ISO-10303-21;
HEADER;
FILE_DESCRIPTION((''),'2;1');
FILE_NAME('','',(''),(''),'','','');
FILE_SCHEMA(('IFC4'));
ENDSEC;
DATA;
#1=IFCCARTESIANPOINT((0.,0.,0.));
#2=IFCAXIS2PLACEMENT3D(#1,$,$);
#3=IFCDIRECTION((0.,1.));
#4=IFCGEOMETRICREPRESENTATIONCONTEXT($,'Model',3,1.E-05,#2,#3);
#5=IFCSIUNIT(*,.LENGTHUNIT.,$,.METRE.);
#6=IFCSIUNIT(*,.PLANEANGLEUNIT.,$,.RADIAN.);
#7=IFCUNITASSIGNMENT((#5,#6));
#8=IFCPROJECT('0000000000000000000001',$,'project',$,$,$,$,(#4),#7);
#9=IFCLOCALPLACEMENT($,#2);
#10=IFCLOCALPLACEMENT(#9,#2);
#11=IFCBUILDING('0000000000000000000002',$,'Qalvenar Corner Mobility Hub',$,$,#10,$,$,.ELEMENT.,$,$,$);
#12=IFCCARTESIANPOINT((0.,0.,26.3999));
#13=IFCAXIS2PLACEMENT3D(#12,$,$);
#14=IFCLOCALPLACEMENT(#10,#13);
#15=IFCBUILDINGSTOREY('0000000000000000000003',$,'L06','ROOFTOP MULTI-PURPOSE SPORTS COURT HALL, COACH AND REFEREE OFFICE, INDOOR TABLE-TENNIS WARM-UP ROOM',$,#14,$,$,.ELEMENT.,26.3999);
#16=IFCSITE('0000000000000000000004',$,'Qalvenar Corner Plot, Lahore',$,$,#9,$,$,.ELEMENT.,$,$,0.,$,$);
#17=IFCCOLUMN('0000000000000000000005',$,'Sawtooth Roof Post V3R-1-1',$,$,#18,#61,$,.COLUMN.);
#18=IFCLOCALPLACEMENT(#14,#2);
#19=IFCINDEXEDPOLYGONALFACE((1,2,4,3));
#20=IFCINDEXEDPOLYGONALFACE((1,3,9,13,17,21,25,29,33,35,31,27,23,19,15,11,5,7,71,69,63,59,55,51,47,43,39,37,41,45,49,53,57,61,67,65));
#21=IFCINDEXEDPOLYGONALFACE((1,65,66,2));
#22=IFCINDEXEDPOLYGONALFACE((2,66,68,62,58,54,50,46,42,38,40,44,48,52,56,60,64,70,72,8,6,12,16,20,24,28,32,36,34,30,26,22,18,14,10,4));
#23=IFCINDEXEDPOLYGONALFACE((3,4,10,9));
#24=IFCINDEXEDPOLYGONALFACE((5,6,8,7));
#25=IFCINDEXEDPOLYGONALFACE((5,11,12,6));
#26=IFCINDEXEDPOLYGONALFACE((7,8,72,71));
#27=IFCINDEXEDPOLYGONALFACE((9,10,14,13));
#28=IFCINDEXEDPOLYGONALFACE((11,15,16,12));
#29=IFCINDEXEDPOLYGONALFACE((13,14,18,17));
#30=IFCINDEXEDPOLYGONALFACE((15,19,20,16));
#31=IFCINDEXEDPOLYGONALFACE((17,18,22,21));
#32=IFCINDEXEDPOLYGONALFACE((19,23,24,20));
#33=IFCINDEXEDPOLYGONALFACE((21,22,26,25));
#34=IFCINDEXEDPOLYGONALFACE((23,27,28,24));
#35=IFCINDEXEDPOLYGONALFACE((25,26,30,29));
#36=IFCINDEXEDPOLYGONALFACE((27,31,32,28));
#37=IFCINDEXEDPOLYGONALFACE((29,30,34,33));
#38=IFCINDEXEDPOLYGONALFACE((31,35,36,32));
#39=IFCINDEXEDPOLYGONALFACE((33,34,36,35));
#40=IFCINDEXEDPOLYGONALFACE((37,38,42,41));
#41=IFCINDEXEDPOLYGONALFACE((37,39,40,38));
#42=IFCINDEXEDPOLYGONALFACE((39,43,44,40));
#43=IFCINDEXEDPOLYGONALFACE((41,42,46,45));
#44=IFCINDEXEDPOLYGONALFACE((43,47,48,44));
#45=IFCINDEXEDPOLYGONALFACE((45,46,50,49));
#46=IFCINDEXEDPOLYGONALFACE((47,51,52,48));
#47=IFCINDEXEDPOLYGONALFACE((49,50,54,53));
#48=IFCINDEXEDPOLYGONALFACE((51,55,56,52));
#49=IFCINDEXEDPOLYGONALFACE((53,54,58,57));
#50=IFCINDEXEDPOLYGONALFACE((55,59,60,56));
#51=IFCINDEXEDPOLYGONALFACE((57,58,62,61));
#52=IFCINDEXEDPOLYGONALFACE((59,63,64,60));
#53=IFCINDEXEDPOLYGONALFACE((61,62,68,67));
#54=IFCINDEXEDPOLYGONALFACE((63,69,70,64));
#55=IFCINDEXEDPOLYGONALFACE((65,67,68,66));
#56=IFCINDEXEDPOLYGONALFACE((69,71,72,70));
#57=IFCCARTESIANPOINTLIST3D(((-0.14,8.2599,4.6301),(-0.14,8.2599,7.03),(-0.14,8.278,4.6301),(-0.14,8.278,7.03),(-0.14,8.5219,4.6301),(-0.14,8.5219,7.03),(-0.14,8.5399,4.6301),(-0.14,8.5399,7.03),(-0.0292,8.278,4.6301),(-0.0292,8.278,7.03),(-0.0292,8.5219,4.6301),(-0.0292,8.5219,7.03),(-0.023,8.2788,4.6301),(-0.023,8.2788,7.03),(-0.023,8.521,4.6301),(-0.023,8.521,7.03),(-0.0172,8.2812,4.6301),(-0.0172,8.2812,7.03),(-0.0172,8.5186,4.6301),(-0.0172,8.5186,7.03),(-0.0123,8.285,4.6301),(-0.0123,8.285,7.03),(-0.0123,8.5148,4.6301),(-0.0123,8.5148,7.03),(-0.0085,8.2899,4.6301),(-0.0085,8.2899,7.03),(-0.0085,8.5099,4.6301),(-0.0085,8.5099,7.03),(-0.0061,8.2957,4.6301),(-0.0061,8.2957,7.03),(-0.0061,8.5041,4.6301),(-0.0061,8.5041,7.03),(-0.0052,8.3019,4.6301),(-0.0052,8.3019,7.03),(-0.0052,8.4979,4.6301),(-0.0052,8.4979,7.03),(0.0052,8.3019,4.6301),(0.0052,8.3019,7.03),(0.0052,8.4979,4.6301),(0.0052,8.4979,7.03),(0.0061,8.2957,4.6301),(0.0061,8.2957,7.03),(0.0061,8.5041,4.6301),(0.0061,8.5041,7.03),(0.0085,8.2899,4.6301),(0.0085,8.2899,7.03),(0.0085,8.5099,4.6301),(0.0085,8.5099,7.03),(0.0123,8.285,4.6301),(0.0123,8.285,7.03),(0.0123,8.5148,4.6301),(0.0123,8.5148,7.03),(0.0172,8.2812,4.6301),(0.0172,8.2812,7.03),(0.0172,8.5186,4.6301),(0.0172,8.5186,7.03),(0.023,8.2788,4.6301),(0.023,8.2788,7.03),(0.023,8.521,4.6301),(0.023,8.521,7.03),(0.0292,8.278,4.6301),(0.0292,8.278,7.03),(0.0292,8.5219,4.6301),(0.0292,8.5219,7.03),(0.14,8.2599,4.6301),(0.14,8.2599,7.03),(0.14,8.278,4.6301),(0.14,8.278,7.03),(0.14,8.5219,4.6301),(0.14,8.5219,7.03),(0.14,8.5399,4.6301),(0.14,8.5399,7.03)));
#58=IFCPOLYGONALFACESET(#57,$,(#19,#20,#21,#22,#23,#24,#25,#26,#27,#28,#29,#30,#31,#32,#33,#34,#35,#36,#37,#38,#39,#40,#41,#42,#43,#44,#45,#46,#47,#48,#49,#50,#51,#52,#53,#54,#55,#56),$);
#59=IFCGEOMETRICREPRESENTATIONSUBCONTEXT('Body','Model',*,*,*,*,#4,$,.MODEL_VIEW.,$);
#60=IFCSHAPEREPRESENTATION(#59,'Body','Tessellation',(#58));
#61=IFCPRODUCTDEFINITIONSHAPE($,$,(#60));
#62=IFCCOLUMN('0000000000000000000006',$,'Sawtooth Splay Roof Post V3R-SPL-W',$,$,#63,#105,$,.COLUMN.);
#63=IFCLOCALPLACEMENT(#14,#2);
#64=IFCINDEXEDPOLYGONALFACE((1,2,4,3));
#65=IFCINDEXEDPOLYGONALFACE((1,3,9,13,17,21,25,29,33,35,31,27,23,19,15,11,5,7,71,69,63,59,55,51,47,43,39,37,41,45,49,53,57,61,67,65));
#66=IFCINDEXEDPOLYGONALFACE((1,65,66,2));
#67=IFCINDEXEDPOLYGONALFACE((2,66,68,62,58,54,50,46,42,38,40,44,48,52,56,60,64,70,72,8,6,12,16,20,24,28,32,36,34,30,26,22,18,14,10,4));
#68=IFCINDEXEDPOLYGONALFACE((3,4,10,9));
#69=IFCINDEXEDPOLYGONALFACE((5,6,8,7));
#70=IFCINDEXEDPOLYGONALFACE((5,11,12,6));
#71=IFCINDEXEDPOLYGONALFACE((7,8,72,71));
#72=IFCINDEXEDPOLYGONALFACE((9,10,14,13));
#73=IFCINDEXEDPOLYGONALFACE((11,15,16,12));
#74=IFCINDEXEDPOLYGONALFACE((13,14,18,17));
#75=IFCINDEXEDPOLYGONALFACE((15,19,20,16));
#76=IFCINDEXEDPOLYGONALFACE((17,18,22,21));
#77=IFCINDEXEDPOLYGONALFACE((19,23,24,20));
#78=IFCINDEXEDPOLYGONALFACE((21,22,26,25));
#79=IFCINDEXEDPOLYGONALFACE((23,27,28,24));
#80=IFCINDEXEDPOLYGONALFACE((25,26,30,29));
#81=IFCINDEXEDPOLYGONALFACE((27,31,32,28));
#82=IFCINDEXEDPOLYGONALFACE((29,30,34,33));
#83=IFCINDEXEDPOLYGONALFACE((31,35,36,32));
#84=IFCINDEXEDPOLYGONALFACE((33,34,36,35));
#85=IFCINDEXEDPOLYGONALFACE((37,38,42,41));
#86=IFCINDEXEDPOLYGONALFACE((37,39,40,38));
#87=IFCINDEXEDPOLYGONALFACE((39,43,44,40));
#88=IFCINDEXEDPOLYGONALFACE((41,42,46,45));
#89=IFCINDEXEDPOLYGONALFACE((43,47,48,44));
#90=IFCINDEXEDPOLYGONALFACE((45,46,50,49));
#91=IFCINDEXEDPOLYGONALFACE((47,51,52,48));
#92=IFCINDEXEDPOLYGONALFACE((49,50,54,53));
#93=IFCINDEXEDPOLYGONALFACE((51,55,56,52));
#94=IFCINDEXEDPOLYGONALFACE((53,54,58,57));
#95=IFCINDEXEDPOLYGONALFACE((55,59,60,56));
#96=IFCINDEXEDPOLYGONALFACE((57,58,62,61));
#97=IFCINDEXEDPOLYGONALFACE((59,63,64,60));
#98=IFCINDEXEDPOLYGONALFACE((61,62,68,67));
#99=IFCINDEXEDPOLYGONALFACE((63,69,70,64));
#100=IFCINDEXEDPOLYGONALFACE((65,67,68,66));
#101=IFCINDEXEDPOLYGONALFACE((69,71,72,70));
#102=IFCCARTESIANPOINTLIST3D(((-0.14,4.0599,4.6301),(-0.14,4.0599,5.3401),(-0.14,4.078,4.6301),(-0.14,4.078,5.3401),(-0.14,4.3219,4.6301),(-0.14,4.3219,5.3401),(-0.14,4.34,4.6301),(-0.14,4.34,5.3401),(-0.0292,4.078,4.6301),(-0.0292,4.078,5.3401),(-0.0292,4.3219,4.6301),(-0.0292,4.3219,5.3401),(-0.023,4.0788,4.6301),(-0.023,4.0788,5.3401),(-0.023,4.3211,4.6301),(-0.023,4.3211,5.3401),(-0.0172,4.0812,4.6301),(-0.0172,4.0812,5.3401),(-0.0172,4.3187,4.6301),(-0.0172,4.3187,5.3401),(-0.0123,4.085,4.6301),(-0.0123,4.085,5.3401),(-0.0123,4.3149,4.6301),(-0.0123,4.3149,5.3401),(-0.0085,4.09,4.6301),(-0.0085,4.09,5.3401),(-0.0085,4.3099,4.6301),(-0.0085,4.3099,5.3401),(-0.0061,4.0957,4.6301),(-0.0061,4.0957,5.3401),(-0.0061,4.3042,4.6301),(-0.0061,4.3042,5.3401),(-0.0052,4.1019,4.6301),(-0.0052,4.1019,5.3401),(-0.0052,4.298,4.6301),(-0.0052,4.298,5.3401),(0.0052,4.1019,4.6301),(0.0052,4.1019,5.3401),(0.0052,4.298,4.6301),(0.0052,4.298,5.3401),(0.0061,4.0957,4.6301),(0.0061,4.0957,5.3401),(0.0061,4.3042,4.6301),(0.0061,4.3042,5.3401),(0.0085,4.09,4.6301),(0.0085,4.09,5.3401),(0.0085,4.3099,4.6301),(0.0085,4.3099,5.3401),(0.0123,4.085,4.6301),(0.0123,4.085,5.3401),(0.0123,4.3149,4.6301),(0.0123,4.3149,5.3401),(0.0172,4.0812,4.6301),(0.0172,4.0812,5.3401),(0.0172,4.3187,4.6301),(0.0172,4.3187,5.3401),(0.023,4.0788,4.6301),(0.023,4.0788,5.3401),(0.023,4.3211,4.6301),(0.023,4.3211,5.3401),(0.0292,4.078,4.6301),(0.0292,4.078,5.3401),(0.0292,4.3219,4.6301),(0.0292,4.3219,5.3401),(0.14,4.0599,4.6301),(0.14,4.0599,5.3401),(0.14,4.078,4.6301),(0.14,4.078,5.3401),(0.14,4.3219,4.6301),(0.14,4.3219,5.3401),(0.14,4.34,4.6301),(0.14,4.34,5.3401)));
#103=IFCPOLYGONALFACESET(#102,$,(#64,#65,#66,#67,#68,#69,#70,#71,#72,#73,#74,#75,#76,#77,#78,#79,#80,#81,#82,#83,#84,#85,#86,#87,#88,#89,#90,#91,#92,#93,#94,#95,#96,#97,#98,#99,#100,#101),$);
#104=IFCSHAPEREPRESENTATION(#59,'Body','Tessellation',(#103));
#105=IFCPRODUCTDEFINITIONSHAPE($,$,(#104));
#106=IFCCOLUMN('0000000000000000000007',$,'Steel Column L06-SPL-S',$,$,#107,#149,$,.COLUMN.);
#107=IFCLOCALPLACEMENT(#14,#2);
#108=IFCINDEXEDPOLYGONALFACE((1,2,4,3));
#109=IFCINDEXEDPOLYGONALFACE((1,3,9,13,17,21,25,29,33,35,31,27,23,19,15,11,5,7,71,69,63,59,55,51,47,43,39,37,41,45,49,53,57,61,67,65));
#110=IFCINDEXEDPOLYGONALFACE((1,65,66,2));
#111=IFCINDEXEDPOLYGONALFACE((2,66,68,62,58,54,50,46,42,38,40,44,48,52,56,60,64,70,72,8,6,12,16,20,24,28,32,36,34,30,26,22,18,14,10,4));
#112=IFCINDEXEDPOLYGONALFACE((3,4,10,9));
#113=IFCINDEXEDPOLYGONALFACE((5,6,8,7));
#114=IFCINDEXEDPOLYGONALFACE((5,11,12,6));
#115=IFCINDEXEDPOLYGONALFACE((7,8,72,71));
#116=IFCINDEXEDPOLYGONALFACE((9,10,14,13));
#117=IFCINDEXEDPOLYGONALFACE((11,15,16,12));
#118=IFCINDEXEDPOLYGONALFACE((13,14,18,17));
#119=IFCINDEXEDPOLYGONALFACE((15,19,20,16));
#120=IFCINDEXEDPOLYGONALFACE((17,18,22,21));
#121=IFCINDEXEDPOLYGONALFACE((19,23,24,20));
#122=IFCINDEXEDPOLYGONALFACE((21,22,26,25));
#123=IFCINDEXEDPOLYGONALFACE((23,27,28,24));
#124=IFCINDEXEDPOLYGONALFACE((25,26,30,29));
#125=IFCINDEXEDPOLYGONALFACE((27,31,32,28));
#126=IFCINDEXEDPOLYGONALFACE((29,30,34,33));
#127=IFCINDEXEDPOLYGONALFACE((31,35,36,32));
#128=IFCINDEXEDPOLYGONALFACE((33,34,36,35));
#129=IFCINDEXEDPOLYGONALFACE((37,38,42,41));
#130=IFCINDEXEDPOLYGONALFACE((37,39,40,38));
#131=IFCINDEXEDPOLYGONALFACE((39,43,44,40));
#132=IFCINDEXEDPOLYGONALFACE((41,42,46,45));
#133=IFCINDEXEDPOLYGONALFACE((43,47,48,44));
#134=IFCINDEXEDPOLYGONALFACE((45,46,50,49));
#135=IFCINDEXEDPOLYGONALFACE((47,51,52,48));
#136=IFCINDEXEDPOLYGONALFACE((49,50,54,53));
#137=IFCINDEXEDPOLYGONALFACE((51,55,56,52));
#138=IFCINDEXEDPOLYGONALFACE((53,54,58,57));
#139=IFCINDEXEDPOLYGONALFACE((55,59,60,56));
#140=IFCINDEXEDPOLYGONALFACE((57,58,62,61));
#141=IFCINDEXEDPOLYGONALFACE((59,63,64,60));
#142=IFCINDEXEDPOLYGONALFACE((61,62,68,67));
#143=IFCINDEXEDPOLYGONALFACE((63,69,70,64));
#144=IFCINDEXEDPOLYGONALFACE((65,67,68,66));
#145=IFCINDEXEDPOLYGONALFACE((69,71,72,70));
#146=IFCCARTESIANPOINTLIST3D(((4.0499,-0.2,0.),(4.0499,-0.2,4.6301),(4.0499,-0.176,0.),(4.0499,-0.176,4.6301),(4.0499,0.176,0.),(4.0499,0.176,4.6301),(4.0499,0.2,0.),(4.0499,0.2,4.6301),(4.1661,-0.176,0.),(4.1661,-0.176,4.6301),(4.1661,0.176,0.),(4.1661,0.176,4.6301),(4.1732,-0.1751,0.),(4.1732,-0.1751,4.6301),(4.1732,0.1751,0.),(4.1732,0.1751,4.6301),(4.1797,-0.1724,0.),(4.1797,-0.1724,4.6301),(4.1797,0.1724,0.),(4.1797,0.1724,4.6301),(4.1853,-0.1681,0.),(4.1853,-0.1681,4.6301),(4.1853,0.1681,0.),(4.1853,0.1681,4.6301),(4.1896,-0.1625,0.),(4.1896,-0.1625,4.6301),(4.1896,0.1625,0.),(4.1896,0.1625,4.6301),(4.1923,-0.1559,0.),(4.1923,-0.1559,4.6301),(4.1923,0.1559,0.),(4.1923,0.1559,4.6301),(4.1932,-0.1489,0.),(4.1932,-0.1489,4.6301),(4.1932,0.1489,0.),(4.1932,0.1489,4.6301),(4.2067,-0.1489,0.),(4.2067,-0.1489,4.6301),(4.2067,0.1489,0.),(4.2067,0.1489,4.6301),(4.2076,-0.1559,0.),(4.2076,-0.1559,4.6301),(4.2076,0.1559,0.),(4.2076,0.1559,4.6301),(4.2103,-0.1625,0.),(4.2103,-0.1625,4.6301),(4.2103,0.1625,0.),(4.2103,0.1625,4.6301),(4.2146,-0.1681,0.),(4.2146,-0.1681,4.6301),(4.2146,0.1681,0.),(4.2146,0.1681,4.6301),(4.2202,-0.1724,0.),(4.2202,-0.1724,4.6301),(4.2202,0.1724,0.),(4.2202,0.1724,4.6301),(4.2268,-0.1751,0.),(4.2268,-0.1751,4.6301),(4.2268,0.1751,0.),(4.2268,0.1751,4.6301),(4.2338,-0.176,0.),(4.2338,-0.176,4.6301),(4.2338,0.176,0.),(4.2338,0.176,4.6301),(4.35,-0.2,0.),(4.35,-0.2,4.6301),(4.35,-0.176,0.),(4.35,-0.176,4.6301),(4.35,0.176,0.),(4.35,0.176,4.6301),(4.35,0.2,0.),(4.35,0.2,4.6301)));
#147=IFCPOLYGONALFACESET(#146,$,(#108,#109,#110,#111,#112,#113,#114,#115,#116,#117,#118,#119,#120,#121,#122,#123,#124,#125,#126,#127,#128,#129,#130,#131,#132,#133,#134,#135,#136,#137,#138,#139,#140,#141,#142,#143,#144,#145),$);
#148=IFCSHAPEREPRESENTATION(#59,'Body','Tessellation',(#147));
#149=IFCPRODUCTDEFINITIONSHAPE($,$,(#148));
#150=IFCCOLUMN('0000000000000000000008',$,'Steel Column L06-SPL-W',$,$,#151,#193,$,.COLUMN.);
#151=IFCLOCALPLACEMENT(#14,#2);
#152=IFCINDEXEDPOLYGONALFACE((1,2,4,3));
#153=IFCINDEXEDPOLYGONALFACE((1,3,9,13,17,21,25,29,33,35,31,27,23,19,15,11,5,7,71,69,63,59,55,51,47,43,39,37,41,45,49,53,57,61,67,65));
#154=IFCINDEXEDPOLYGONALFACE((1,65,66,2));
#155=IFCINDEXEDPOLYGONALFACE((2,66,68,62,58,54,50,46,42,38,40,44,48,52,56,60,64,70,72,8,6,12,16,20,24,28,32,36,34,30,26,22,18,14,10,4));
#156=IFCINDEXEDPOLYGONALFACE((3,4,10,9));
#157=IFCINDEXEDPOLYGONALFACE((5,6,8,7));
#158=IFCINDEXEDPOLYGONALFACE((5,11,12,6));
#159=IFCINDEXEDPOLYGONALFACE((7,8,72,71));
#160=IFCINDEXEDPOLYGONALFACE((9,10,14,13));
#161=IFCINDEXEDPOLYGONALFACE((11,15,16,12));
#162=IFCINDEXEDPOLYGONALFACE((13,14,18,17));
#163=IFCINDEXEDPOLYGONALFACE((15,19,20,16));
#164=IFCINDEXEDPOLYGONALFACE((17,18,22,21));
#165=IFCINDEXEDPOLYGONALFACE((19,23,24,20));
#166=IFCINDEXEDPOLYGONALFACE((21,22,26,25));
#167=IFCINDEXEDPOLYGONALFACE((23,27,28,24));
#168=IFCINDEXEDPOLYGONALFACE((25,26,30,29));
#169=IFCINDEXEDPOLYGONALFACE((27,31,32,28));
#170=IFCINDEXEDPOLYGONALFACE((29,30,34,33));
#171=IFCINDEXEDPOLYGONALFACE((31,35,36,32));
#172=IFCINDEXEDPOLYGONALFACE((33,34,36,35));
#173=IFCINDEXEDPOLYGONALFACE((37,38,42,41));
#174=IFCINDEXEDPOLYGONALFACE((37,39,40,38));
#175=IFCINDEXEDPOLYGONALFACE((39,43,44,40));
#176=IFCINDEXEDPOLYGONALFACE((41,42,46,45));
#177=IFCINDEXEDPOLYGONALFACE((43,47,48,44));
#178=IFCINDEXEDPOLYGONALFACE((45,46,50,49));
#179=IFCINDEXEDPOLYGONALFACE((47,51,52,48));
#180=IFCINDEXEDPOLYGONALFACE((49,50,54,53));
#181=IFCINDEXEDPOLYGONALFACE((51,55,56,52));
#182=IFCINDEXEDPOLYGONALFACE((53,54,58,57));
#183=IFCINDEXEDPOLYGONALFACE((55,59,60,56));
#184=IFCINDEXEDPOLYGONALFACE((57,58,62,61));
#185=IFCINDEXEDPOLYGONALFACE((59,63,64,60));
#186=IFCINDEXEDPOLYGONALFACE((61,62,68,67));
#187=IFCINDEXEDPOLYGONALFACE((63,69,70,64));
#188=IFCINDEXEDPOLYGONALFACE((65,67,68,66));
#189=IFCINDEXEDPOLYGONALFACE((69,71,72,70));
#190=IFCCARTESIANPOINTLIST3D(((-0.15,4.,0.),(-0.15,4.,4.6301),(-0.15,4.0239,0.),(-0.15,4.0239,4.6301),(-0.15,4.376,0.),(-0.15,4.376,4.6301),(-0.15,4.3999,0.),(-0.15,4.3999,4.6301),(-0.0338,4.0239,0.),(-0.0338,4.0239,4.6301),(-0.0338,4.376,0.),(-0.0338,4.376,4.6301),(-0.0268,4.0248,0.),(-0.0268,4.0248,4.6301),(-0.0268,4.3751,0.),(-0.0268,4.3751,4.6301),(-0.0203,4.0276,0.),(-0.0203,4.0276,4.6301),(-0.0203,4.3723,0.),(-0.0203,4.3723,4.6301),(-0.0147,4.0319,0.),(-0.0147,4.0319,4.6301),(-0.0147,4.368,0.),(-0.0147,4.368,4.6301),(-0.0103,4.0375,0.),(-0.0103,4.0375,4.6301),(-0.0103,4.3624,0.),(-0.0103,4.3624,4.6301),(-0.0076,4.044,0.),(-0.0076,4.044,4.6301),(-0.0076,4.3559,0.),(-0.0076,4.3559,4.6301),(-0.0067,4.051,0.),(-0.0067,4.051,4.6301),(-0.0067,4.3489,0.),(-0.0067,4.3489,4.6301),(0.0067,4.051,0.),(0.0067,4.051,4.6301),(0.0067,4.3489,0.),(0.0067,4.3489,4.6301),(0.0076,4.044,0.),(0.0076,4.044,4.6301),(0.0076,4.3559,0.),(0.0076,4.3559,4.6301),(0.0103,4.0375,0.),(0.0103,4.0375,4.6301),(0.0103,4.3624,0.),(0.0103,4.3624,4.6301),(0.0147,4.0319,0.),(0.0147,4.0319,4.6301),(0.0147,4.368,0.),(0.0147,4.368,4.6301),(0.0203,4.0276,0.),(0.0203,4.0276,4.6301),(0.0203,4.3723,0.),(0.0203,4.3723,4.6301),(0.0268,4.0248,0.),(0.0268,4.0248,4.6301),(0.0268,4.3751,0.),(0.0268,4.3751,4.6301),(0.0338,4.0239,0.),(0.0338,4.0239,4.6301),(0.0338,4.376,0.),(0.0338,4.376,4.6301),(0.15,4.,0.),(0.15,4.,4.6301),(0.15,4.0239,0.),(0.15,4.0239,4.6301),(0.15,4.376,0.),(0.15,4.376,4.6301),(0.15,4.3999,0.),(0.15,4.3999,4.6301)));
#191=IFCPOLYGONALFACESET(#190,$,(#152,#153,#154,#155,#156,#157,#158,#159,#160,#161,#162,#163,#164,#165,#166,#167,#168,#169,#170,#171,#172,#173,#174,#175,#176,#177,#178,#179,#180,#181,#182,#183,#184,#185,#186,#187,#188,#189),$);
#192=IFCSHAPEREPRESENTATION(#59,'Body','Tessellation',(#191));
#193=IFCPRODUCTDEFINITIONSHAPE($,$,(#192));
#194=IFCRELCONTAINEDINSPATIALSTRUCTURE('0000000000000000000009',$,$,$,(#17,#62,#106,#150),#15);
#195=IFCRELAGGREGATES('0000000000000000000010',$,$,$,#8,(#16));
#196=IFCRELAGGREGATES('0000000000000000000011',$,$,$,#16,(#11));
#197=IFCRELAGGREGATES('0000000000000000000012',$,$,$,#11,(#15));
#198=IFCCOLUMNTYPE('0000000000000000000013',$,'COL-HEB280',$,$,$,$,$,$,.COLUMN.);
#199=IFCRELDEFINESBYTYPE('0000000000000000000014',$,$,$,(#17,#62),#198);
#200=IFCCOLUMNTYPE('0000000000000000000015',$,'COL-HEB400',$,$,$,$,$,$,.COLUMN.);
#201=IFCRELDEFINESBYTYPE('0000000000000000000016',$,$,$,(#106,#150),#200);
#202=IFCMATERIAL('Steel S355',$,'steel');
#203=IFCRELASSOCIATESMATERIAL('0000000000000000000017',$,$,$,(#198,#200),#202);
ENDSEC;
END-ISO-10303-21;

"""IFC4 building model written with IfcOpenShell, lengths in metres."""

from ifc_helpers import new_model, si_unit, direction, frame, origin, origin_2d, place, context, subcontext, project, spatial, i_section, extrude, material, material_profile, profile_set, type_object, element, save


model = new_model("IFC4")

# Units and contexts
model_context = context("Model", 3, precision=1e-05, world=origin(), true_north=direction((0.0, 1.0)))
body_context = subcontext(model_context, "Body", "Model", "MODEL_VIEW")
ifc_project = project(units=[si_unit("LENGTHUNIT", "METRE"), si_unit("PLANEANGLEUNIT", "RADIAN")], contexts=[model_context])

# Site, building, storey
site_placement = place(None, origin())
site = spatial("IfcSite", under=ifc_project, at=site_placement, Name="Qalvenar Corner Plot, Lahore", CompositionType="ELEMENT", RefElevation=0.0)
building_placement = place(site_placement, origin())
building = spatial("IfcBuilding", under=site, at=building_placement, Name="Qalvenar Corner Mobility Hub", CompositionType="ELEMENT")
storey_placement = place(building_placement, frame((0.0, 0.0, 26.3999)))
storey = spatial("IfcBuildingStorey", under=building, at=storey_placement, Name="L06", Description="ROOFTOP MULTI-PURPOSE SPORTS COURT HALL, COACH AND REFEREE OFFICE, INDOOR TABLE-TENNIS WARM-UP ROOM", CompositionType="ELEMENT", Elevation=26.3999)

# Columns
ifc_material_1 = material(Name="Steel S355", Category="steel")
ifc_material_profile_1 = material_profile(ifc_material_1, i_section(OverallWidth=0.28, OverallDepth=0.28, WebThickness=0.0105, FlangeThickness=0.0181, FilletRadius=0.0239, at=origin_2d()), Name="HEB280")
ifc_profile_set_1 = profile_set([ifc_material_profile_1], Name="Steel S355")
column_type_1 = type_object("IfcColumnType", Name="COL-HEB280", PredefinedType="COLUMN", material=ifc_profile_set_1)
column_1_placement = place(storey_placement, frame((0.0, 8.3999, 4.6301), z_axis=(0.0, 0.0, 1.0), x_axis=(1.0, 0.0, 0.0)))
element("IfcColumn", 1, at=column_1_placement, inside=storey, type_object=column_type_1, Name="Sawtooth Roof Post V3R-1-1", PredefinedType="COLUMN", context=body_context, shape_type="SweptSolid", body=[
    extrude(i_section(OverallWidth=0.28, OverallDepth=0.28, WebThickness=0.0105, FlangeThickness=0.0181, FilletRadius=0.0239, at=origin_2d()), origin(), (0.0, 0.0, 1.0), 2.3999),
])
column_2_placement = place(storey_placement, frame((0.0, 4.2, 4.6301), z_axis=(0.0, 0.0, 1.0), x_axis=(1.0, 0.0, 0.0)))
element("IfcColumn", 2, at=column_2_placement, inside=storey, type_object=column_type_1, Name="Sawtooth Splay Roof Post V3R-SPL-W", PredefinedType="COLUMN", context=body_context, shape_type="SweptSolid", body=[
    extrude(i_section(OverallWidth=0.28, OverallDepth=0.28, WebThickness=0.0105, FlangeThickness=0.0181, FilletRadius=0.0239, at=origin_2d()), origin(), (0.0, 0.0, 1.0), 0.71),
])
ifc_material_profile_2 = material_profile(ifc_material_1, i_section(OverallWidth=0.3, OverallDepth=0.3999, WebThickness=0.0134, FlangeThickness=0.0239, FilletRadius=0.0271, at=origin_2d()), Name="HEB400")
ifc_profile_set_2 = profile_set([ifc_material_profile_2], Name="Steel S355")
column_type_2 = type_object("IfcColumnType", Name="COL-HEB400", PredefinedType="COLUMN", material=ifc_profile_set_2)
for number, where, z_axis, x_axis, name in (
    (3, (4.2, 0.0, 0.0), (0.0, 0.0, 1.0), (1.0, 0.0, 0.0), "Steel Column L06-SPL-S"),
    (4, (0.0, 4.2, 0.0), (0.0, 0.0, 1.0), (1.0, 0.0, 0.0), "Steel Column L06-SPL-W"),
):
    element("IfcColumn", number, at=place(storey_placement, frame(where, z_axis=z_axis, x_axis=x_axis)), inside=storey, type_object=column_type_2, Name=name, PredefinedType="COLUMN", context=body_context, shape_type="SweptSolid", body=[
        extrude(i_section(OverallWidth=0.3, OverallDepth=0.3999, WebThickness=0.0134, FlangeThickness=0.0239, FilletRadius=0.0271, at=origin_2d()), origin(), (0.0, 0.0, 1.0), 4.6301),
    ])

save(model, "model.ifc")
